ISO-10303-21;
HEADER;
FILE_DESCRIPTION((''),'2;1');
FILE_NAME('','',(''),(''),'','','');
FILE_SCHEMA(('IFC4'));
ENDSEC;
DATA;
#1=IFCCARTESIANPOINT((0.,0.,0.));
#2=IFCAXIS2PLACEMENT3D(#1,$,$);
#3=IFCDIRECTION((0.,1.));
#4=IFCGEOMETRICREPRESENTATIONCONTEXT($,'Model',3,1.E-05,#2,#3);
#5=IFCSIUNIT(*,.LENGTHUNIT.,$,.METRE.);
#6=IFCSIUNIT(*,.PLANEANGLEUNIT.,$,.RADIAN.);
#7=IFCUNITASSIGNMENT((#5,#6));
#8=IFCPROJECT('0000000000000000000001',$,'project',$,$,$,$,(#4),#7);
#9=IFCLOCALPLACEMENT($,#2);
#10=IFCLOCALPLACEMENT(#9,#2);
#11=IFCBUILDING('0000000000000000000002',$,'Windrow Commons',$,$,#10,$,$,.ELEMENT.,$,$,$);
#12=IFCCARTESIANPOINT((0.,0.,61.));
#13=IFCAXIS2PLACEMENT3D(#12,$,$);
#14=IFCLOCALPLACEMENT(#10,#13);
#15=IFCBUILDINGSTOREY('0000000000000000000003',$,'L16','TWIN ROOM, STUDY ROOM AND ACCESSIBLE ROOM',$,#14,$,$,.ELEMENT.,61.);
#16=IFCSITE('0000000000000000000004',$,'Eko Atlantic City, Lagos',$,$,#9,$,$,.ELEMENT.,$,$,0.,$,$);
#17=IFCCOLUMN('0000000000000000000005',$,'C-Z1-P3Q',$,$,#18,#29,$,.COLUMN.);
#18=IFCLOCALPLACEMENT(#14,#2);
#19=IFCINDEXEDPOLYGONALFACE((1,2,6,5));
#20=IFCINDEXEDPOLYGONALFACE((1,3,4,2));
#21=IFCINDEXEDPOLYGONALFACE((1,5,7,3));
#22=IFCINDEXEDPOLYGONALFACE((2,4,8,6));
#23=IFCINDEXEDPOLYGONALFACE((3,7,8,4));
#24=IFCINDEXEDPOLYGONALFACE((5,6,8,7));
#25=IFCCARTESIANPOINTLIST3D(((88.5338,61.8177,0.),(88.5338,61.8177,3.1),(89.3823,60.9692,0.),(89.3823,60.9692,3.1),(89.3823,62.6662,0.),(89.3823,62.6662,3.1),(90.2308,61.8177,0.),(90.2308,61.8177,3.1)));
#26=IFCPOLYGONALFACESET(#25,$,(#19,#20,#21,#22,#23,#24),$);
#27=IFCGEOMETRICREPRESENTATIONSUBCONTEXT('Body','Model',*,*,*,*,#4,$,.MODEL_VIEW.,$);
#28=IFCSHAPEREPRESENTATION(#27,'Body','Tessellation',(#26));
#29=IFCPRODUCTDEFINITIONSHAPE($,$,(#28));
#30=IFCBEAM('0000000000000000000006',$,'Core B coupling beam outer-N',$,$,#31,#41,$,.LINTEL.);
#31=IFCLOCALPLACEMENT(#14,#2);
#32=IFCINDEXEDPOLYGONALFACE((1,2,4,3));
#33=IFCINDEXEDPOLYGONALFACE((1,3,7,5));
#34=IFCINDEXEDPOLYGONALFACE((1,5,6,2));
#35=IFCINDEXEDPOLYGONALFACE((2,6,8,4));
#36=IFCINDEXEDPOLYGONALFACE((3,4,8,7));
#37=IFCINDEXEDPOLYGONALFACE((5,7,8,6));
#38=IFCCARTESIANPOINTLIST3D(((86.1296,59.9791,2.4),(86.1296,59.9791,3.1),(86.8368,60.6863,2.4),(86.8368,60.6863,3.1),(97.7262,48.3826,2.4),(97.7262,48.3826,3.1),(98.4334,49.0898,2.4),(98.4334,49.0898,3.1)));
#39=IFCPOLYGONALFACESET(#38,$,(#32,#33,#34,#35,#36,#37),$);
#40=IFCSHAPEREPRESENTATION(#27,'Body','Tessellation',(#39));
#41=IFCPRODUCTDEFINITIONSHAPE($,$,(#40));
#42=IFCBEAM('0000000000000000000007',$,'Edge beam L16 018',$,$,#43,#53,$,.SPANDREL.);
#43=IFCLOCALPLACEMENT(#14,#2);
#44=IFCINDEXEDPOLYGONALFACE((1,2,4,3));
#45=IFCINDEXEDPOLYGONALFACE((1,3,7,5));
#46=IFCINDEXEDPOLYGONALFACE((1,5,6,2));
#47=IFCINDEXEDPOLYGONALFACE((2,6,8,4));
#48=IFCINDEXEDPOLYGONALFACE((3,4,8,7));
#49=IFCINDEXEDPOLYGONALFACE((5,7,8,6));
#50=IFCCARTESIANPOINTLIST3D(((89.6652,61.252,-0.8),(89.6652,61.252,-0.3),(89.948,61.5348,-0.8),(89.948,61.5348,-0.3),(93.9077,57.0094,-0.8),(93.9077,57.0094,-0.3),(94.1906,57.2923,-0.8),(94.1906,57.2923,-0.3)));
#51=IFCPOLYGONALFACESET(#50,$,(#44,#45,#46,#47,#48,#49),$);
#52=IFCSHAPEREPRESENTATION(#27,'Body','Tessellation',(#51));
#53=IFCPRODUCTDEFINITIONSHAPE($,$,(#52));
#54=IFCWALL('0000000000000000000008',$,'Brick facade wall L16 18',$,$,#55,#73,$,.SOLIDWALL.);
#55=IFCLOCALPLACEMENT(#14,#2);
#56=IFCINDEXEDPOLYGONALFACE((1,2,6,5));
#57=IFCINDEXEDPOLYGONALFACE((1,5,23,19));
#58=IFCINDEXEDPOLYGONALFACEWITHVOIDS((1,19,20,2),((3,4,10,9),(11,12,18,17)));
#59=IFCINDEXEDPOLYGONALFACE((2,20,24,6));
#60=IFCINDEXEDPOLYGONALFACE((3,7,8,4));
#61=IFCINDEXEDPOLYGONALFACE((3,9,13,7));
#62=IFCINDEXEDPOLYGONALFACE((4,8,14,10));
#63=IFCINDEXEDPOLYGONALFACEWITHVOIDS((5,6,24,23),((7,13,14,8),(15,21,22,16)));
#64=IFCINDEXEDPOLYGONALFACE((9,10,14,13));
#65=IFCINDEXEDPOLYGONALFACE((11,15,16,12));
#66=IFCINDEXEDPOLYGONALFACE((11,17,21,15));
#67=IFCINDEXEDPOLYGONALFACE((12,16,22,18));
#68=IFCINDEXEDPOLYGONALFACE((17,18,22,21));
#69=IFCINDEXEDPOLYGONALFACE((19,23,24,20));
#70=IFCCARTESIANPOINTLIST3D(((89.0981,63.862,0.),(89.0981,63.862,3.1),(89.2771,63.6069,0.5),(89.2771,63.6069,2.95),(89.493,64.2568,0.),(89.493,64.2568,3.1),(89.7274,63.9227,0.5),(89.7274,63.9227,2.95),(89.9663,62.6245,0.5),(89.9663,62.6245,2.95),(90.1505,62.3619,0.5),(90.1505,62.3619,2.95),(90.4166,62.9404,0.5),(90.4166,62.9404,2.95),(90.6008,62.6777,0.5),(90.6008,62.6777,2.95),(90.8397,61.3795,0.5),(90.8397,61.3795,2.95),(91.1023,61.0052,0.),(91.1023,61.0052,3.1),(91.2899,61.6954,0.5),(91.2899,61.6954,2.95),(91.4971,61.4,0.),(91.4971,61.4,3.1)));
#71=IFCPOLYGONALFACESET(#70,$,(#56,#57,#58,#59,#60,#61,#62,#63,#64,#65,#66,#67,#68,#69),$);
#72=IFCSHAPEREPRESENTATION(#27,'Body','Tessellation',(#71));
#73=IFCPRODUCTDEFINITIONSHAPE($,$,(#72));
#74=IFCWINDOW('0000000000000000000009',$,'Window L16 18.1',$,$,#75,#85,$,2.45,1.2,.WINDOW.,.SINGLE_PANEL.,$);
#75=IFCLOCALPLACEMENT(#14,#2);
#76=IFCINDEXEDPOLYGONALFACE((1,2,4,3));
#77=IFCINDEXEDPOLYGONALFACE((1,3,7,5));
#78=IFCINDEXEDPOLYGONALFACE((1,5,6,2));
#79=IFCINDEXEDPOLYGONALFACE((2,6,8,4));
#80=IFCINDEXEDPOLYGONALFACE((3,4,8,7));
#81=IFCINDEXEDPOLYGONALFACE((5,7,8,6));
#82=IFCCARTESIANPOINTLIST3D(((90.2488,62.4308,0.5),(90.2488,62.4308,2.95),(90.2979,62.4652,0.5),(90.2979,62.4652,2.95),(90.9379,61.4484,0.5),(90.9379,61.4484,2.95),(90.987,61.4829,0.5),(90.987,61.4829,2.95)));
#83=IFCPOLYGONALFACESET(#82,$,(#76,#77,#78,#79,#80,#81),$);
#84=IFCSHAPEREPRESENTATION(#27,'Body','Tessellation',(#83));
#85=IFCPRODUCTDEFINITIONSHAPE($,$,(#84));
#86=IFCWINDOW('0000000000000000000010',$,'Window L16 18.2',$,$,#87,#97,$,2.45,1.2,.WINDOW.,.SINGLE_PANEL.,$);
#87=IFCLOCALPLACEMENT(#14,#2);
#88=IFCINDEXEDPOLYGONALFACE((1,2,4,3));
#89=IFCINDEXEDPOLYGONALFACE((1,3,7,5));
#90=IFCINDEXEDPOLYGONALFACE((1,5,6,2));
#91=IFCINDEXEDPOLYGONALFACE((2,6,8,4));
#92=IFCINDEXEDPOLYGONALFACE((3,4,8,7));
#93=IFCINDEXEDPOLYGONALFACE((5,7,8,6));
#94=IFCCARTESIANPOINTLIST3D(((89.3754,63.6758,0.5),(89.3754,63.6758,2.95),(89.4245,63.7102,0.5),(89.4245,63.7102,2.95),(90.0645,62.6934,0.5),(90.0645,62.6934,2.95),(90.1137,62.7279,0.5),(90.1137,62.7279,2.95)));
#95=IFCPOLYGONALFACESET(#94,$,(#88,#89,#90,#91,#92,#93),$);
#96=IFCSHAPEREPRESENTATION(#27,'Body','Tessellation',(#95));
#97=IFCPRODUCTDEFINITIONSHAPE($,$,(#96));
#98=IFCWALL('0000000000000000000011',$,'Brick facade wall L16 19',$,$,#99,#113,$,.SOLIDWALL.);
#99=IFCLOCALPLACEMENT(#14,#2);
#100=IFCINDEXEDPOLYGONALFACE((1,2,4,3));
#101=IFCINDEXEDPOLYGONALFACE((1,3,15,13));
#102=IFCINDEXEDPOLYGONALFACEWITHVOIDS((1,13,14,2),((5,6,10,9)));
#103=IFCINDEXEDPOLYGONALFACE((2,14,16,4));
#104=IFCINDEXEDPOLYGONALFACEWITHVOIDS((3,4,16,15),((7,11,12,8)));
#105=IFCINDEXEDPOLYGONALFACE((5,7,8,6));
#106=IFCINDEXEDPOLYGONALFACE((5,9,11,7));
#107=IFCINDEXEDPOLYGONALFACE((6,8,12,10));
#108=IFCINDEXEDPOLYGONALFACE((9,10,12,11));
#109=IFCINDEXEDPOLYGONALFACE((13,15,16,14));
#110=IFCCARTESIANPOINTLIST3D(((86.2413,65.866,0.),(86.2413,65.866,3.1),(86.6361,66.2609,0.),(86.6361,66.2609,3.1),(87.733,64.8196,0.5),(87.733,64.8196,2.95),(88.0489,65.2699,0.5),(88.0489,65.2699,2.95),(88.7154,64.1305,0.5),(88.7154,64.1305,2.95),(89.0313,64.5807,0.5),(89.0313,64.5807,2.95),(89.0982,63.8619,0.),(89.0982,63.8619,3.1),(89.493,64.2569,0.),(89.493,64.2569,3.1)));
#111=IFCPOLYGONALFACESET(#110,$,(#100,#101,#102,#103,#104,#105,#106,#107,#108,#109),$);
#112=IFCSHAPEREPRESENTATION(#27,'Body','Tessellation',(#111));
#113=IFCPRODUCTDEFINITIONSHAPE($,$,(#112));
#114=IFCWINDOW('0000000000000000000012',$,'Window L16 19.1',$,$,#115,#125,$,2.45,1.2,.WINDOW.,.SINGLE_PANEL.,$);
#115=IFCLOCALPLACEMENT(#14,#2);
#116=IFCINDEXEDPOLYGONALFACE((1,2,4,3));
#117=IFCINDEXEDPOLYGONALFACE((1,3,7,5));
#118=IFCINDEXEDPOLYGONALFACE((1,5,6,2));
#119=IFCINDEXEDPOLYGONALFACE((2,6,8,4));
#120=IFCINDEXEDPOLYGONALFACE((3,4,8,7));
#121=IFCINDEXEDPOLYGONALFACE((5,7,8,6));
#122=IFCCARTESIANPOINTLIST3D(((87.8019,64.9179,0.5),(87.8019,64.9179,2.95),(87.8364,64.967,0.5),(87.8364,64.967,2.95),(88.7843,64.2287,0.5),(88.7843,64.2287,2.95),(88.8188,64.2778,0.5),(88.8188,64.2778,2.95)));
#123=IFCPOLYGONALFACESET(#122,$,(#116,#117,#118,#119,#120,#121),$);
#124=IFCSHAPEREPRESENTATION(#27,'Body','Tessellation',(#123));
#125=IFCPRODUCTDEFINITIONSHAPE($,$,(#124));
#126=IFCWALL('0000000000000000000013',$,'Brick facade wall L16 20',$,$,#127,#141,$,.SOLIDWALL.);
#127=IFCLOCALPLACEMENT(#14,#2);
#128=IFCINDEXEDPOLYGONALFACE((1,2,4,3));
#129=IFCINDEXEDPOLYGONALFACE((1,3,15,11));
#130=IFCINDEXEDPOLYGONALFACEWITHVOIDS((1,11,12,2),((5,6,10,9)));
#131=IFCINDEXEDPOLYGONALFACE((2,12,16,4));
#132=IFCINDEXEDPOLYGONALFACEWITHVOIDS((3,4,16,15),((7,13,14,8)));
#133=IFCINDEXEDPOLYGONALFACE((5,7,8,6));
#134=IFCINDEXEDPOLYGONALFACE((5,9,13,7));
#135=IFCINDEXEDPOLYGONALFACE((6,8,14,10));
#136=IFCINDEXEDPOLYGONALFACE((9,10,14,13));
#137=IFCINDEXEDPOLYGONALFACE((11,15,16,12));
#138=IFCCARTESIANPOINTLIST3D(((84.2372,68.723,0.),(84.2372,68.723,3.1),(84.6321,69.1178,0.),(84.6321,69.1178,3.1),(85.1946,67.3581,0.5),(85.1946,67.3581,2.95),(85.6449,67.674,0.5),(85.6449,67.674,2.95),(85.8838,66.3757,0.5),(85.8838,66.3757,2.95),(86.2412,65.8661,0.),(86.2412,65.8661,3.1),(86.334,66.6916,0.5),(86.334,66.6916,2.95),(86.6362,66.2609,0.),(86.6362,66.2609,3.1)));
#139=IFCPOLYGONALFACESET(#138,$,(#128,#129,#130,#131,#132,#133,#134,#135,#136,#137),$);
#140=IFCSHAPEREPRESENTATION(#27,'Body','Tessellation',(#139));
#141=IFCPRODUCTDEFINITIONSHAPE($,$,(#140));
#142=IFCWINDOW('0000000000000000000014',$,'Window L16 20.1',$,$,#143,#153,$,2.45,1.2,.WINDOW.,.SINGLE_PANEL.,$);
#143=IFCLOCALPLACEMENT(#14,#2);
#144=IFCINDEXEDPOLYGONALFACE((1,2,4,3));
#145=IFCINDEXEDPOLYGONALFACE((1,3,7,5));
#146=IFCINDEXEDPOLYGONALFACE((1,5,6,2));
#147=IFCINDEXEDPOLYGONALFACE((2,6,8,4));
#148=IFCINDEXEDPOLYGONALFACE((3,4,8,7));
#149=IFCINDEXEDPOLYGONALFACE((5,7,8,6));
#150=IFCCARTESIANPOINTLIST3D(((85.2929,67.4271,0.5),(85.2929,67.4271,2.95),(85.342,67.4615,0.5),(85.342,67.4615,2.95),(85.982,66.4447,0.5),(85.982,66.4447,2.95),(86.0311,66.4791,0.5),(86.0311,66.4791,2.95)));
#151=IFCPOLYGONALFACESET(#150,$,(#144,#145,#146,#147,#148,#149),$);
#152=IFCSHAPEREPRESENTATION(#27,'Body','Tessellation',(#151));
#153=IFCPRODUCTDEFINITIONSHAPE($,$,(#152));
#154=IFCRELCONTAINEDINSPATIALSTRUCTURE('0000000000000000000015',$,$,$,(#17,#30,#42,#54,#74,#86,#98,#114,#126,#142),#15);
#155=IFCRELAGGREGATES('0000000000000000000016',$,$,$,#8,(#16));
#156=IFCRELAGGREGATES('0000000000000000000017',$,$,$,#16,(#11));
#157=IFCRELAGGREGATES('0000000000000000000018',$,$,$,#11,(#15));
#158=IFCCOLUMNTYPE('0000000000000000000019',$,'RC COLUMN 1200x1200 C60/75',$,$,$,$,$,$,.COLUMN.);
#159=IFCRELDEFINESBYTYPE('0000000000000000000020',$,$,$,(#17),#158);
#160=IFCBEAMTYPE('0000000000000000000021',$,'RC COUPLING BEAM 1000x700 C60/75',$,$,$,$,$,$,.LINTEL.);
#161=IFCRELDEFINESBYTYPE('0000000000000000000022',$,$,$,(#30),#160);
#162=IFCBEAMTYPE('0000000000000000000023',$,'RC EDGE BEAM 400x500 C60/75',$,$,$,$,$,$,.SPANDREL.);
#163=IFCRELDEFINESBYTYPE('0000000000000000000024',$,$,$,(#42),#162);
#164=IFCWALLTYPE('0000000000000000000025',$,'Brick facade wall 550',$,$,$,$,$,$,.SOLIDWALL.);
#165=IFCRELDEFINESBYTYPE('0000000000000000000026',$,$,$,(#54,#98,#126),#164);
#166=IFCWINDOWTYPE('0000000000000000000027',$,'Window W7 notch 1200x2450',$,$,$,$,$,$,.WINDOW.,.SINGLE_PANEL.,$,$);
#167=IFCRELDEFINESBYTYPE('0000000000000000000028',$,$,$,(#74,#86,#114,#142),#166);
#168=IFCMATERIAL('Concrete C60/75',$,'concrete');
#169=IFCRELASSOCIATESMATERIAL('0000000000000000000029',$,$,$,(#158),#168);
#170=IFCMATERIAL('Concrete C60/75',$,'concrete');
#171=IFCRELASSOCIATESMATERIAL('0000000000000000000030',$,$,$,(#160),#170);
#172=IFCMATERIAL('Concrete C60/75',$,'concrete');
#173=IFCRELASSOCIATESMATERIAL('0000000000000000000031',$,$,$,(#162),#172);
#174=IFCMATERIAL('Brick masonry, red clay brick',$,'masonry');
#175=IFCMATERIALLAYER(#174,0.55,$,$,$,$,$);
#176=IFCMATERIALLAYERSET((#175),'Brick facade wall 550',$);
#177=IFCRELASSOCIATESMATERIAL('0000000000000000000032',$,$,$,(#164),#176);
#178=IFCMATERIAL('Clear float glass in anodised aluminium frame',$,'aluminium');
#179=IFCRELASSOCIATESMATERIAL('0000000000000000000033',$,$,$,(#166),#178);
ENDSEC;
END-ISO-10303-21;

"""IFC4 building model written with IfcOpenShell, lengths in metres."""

from ifc_helpers import new_model, si_unit, direction, frame, frame_2d, origin, origin_2d, place, context, subcontext, project, spatial, polyline, rectangle, outline, extrude, material, layer, layer_set, material_profile, profile_set, type_object, element, fill, save


model = new_model("IFC4")

# Units and contexts
model_context = context("Model", 3, precision=1e-05, world=origin(), true_north=direction((0.0, 1.0)))
body_context = subcontext(model_context, "Body", "Model", "MODEL_VIEW")
ifc_project = project(units=[si_unit("LENGTHUNIT", "METRE"), si_unit("PLANEANGLEUNIT", "RADIAN")], contexts=[model_context])

# Site, building, storey
site_placement = place(None, origin())
site = spatial("IfcSite", under=ifc_project, at=site_placement, Name="Eko Atlantic City, Lagos", CompositionType="ELEMENT", RefElevation=0.0)
building_placement = place(site_placement, origin())
building = spatial("IfcBuilding", under=site, at=building_placement, Name="Windrow Commons", CompositionType="ELEMENT")
storey_placement = place(building_placement, frame((0.0, 0.0, 61.0)))
storey = spatial("IfcBuildingStorey", under=building, at=storey_placement, Name="L16", Description="TWIN ROOM, STUDY ROOM AND ACCESSIBLE ROOM", CompositionType="ELEMENT", Elevation=61.0)

# Column
ifc_material_1 = material(Name="Concrete C60/75", Category="concrete")
ifc_material_profile_1 = material_profile(ifc_material_1, rectangle(XDim=1.2, YDim=1.2, at=origin_2d()))
ifc_profile_set_1 = profile_set([ifc_material_profile_1], Name="Concrete C60/75")
column_type = type_object("IfcColumnType", Name="RC COLUMN 1200x1200 C60/75", PredefinedType="COLUMN", material=ifc_profile_set_1)
column_placement = place(storey_placement, frame((89.3823, 61.8177, 0.0), z_axis=(0.0, 0.0, 1.0), x_axis=(0.707107, -0.707107, 0.0)))
element("IfcColumn", 1, at=column_placement, inside=storey, type_object=column_type, Name="C-Z1-P3Q", PredefinedType="COLUMN", context=body_context, shape_type="SweptSolid", body=[
    extrude(rectangle(XDim=1.2, YDim=1.2, at=origin_2d()), origin(), (0.0, 0.0, 1.0), 3.1),
])

# Beams
ifc_material_2 = material(Name="Concrete C60/75", Category="concrete")
ifc_material_profile_2 = material_profile(ifc_material_2, rectangle(XDim=1.0, YDim=0.7, at=origin_2d()))
ifc_profile_set_2 = profile_set([ifc_material_profile_2], Name="Concrete C60/75")
beam_type_1 = type_object("IfcBeamType", Name="RC COUPLING BEAM 1000x700 C60/75", PredefinedType="LINTEL", material=ifc_profile_set_2)
beam_1_placement = place(storey_placement, frame((86.4832, 60.3327, 2.75), z_axis=(0.70711, -0.707104, 0.0), x_axis=(0.707104, 0.70711, 0.0)))
element("IfcBeam", 2, at=beam_1_placement, inside=storey, type_object=beam_type_1, Name="Core B coupling beam outer-N", PredefinedType="LINTEL", context=body_context, shape_type="SweptSolid", body=[
    extrude(rectangle(XDim=1.0, YDim=0.7, at=origin_2d()), origin(), (0.0, 0.0, 1.0), 16.4),
])
ifc_material_3 = material(Name="Concrete C60/75", Category="concrete")
ifc_material_profile_3 = material_profile(ifc_material_3, rectangle(XDim=0.4, YDim=0.5, at=origin_2d()))
ifc_profile_set_3 = profile_set([ifc_material_profile_3], Name="Concrete C60/75")
beam_type_2 = type_object("IfcBeamType", Name="RC EDGE BEAM 400x500 C60/75", PredefinedType="SPANDREL", material=ifc_profile_set_3)
beam_2_placement = place(storey_placement, frame((89.8066, 61.3934, -0.55), z_axis=(0.707107, -0.707107, 0.0), x_axis=(0.707107, 0.707107, 0.0)))
element("IfcBeam", 3, at=beam_2_placement, inside=storey, type_object=beam_type_2, Name="Edge beam L16 018", PredefinedType="SPANDREL", context=body_context, shape_type="SweptSolid", body=[
    extrude(rectangle(XDim=0.4, YDim=0.5, at=origin_2d()), origin(), (0.0, 0.0, 1.0), 5.9999),
])

# Wall, openings, windows
ifc_material_4 = material(Name="Brick masonry, red clay brick", Category="masonry")
ifc_layer_1 = layer(ifc_material_4, 0.55)
ifc_layer_set_1 = layer_set([ifc_layer_1], Name="Brick facade wall 550")
wall_type_1 = type_object("IfcWallType", Name="Brick facade wall 550", PredefinedType="SOLIDWALL", material=ifc_layer_set_1)
wall_1_placement = place(storey_placement, frame((91.2997, 61.2026, 0.0), z_axis=(0.0, 0.0, 1.0), x_axis=(-0.574297, 0.818647, 0.0)))
wall_1 = element("IfcWall", 4, at=wall_1_placement, inside=storey, type_object=wall_type_1, Name="Brick facade wall L16 18", PredefinedType="SOLIDWALL", context=body_context, shape_type="SweptSolid", body=[
    extrude(outline(polyline([(0.0482, -0.275), (3.5379, -0.275), (3.4415, 0.275), (-0.0482, 0.275), (0.0482, -0.275)])), origin(), (0.0, 0.0, 1.0), 3.1),
])
opening_1_placement = place(wall_1_placement, frame((0.409, 0.0, 0.5)))
opening_1 = element("IfcOpeningElement", 5, at=opening_1_placement, cuts=wall_1, PredefinedType="OPENING", context=body_context, shape_type="SweptSolid", body=[
    extrude(rectangle(XDim=1.2, YDim=2.45, at=frame_2d((0.6, 1.225))), frame((0.0, 0.285, 0.0), z_axis=(0.0, -1.0, 0.0), x_axis=(1.0, 0.0, 0.0)), (0.0, 0.0, 1.0), 0.57),
])
opening_2_placement = place(wall_1_placement, frame((1.9298, 0.0, 0.5)))
opening_2 = element("IfcOpeningElement", 6, at=opening_2_placement, cuts=wall_1, PredefinedType="OPENING", context=body_context, shape_type="SweptSolid", body=[
    extrude(rectangle(XDim=1.2, YDim=2.45, at=frame_2d((0.6, 1.225))), frame((0.0, 0.285, 0.0), z_axis=(0.0, -1.0, 0.0), x_axis=(1.0, 0.0, 0.0)), (0.0, 0.0, 1.0), 0.57),
])
ifc_material_5 = material(Name="Clear float glass in anodised aluminium frame", Category="aluminium")
window_type = type_object("IfcWindowType", Name="Window W7 notch 1200x2450", PartitioningType="SINGLE_PANEL", PredefinedType="WINDOW", material=ifc_material_5)
window_1_placement = place(opening_1_placement, origin())
window_1 = element("IfcWindow", 7, at=window_1_placement, inside=storey, type_object=window_type, Name="Window L16 18.1", OverallHeight=2.45, OverallWidth=1.2, PartitioningType="SINGLE_PANEL", PredefinedType="WINDOW", context=body_context, shape_type="SweptSolid", body=[
    extrude(rectangle(XDim=1.2, YDim=2.45, at=frame_2d((0.6, 1.225))), frame((0.0, 0.155, 0.0), z_axis=(0.0, -1.0, 0.0), x_axis=(1.0, 0.0, 0.0)), (0.0, 0.0, 1.0), 0.06),
])
fill(opening_1, window_1)
window_2_placement = place(opening_2_placement, origin())
window_2 = element("IfcWindow", 8, at=window_2_placement, inside=storey, type_object=window_type, Name="Window L16 18.2", OverallHeight=2.45, OverallWidth=1.2, PartitioningType="SINGLE_PANEL", PredefinedType="WINDOW", context=body_context, shape_type="SweptSolid", body=[
    extrude(rectangle(XDim=1.2, YDim=2.45, at=frame_2d((0.6, 1.225))), frame((0.0, 0.155, 0.0), z_axis=(0.0, -1.0, 0.0), x_axis=(1.0, 0.0, 0.0)), (0.0, 0.0, 1.0), 0.06),
])
fill(opening_2, window_2)

# Walls, openings, windows
wall_2_placement = place(storey_placement, frame((89.2956, 64.0594, 0.0), z_axis=(0.0, 0.0, 1.0), x_axis=(-0.818657, 0.574283, 0.0)))
wall_2 = element("IfcWall", 9, at=wall_2_placement, inside=storey, type_object=wall_type_1, Name="Brick facade wall L16 19", PredefinedType="SOLIDWALL", context=body_context, shape_type="SweptSolid", body=[
    extrude(outline(polyline([(-0.0482, -0.275), (3.4415, -0.275), (3.5379, 0.275), (0.0482, 0.275), (-0.0482, -0.275)])), origin(), (0.0, 0.0, 1.0), 3.1),
])
opening_3_placement = place(wall_2_placement, frame((0.5158, 0.0, 0.5)))
opening_3 = element("IfcOpeningElement", 10, at=opening_3_placement, cuts=wall_2, PredefinedType="OPENING", context=body_context, shape_type="SweptSolid", body=[
    extrude(rectangle(XDim=1.2, YDim=2.45, at=frame_2d((0.6, 1.225))), frame((0.0, 0.285, 0.0), z_axis=(0.0, -1.0, 0.0), x_axis=(1.0, 0.0, 0.0)), (0.0, 0.0, 1.0), 0.57),
])
window_3_placement = place(opening_3_placement, origin())
window_3 = element("IfcWindow", 11, at=window_3_placement, inside=storey, type_object=window_type, Name="Window L16 19.1", OverallHeight=2.45, OverallWidth=1.2, PartitioningType="SINGLE_PANEL", PredefinedType="WINDOW", context=body_context, shape_type="SweptSolid", body=[
    extrude(rectangle(XDim=1.2, YDim=2.45, at=frame_2d((0.6, 1.225))), frame((0.0, 0.155, 0.0), z_axis=(0.0, -1.0, 0.0), x_axis=(1.0, 0.0, 0.0)), (0.0, 0.0, 1.0), 0.06),
])
fill(opening_3, window_3)
wall_3_placement = place(storey_placement, frame((86.4387, 66.0635, 0.0), z_axis=(0.0, 0.0, 1.0), x_axis=(-0.574264, 0.81867, 0.0)))
wall_3 = element("IfcWall", 12, at=wall_3_placement, inside=storey, type_object=wall_type_1, Name="Brick facade wall L16 20", PredefinedType="SOLIDWALL", context=body_context, shape_type="SweptSolid", body=[
    extrude(outline(polyline([(0.0482, -0.275), (3.5379, -0.275), (3.4415, 0.275), (-0.0482, 0.275), (0.0482, -0.275)])), origin(), (0.0, 0.0, 1.0), 3.1),
])
opening_4_placement = place(wall_3_placement, frame((0.5743, 0.0, 0.5)))
opening_4 = element("IfcOpeningElement", 13, at=opening_4_placement, cuts=wall_3, PredefinedType="OPENING", context=body_context, shape_type="SweptSolid", body=[
    extrude(rectangle(XDim=1.2, YDim=2.45, at=frame_2d((0.6, 1.225))), frame((0.0, 0.285, 0.0), z_axis=(0.0, -1.0, 0.0), x_axis=(1.0, 0.0, 0.0)), (0.0, 0.0, 1.0), 0.57),
])
window_4_placement = place(opening_4_placement, origin())
window_4 = element("IfcWindow", 14, at=window_4_placement, inside=storey, type_object=window_type, Name="Window L16 20.1", OverallHeight=2.45, OverallWidth=1.2, PartitioningType="SINGLE_PANEL", PredefinedType="WINDOW", context=body_context, shape_type="SweptSolid", body=[
    extrude(rectangle(XDim=1.2, YDim=2.45, at=frame_2d((0.6, 1.225))), frame((0.0, 0.155, 0.0), z_axis=(0.0, -1.0, 0.0), x_axis=(1.0, 0.0, 0.0)), (0.0, 0.0, 1.0), 0.06),
])
fill(opening_4, window_4)

save(model, "model.ifc")
